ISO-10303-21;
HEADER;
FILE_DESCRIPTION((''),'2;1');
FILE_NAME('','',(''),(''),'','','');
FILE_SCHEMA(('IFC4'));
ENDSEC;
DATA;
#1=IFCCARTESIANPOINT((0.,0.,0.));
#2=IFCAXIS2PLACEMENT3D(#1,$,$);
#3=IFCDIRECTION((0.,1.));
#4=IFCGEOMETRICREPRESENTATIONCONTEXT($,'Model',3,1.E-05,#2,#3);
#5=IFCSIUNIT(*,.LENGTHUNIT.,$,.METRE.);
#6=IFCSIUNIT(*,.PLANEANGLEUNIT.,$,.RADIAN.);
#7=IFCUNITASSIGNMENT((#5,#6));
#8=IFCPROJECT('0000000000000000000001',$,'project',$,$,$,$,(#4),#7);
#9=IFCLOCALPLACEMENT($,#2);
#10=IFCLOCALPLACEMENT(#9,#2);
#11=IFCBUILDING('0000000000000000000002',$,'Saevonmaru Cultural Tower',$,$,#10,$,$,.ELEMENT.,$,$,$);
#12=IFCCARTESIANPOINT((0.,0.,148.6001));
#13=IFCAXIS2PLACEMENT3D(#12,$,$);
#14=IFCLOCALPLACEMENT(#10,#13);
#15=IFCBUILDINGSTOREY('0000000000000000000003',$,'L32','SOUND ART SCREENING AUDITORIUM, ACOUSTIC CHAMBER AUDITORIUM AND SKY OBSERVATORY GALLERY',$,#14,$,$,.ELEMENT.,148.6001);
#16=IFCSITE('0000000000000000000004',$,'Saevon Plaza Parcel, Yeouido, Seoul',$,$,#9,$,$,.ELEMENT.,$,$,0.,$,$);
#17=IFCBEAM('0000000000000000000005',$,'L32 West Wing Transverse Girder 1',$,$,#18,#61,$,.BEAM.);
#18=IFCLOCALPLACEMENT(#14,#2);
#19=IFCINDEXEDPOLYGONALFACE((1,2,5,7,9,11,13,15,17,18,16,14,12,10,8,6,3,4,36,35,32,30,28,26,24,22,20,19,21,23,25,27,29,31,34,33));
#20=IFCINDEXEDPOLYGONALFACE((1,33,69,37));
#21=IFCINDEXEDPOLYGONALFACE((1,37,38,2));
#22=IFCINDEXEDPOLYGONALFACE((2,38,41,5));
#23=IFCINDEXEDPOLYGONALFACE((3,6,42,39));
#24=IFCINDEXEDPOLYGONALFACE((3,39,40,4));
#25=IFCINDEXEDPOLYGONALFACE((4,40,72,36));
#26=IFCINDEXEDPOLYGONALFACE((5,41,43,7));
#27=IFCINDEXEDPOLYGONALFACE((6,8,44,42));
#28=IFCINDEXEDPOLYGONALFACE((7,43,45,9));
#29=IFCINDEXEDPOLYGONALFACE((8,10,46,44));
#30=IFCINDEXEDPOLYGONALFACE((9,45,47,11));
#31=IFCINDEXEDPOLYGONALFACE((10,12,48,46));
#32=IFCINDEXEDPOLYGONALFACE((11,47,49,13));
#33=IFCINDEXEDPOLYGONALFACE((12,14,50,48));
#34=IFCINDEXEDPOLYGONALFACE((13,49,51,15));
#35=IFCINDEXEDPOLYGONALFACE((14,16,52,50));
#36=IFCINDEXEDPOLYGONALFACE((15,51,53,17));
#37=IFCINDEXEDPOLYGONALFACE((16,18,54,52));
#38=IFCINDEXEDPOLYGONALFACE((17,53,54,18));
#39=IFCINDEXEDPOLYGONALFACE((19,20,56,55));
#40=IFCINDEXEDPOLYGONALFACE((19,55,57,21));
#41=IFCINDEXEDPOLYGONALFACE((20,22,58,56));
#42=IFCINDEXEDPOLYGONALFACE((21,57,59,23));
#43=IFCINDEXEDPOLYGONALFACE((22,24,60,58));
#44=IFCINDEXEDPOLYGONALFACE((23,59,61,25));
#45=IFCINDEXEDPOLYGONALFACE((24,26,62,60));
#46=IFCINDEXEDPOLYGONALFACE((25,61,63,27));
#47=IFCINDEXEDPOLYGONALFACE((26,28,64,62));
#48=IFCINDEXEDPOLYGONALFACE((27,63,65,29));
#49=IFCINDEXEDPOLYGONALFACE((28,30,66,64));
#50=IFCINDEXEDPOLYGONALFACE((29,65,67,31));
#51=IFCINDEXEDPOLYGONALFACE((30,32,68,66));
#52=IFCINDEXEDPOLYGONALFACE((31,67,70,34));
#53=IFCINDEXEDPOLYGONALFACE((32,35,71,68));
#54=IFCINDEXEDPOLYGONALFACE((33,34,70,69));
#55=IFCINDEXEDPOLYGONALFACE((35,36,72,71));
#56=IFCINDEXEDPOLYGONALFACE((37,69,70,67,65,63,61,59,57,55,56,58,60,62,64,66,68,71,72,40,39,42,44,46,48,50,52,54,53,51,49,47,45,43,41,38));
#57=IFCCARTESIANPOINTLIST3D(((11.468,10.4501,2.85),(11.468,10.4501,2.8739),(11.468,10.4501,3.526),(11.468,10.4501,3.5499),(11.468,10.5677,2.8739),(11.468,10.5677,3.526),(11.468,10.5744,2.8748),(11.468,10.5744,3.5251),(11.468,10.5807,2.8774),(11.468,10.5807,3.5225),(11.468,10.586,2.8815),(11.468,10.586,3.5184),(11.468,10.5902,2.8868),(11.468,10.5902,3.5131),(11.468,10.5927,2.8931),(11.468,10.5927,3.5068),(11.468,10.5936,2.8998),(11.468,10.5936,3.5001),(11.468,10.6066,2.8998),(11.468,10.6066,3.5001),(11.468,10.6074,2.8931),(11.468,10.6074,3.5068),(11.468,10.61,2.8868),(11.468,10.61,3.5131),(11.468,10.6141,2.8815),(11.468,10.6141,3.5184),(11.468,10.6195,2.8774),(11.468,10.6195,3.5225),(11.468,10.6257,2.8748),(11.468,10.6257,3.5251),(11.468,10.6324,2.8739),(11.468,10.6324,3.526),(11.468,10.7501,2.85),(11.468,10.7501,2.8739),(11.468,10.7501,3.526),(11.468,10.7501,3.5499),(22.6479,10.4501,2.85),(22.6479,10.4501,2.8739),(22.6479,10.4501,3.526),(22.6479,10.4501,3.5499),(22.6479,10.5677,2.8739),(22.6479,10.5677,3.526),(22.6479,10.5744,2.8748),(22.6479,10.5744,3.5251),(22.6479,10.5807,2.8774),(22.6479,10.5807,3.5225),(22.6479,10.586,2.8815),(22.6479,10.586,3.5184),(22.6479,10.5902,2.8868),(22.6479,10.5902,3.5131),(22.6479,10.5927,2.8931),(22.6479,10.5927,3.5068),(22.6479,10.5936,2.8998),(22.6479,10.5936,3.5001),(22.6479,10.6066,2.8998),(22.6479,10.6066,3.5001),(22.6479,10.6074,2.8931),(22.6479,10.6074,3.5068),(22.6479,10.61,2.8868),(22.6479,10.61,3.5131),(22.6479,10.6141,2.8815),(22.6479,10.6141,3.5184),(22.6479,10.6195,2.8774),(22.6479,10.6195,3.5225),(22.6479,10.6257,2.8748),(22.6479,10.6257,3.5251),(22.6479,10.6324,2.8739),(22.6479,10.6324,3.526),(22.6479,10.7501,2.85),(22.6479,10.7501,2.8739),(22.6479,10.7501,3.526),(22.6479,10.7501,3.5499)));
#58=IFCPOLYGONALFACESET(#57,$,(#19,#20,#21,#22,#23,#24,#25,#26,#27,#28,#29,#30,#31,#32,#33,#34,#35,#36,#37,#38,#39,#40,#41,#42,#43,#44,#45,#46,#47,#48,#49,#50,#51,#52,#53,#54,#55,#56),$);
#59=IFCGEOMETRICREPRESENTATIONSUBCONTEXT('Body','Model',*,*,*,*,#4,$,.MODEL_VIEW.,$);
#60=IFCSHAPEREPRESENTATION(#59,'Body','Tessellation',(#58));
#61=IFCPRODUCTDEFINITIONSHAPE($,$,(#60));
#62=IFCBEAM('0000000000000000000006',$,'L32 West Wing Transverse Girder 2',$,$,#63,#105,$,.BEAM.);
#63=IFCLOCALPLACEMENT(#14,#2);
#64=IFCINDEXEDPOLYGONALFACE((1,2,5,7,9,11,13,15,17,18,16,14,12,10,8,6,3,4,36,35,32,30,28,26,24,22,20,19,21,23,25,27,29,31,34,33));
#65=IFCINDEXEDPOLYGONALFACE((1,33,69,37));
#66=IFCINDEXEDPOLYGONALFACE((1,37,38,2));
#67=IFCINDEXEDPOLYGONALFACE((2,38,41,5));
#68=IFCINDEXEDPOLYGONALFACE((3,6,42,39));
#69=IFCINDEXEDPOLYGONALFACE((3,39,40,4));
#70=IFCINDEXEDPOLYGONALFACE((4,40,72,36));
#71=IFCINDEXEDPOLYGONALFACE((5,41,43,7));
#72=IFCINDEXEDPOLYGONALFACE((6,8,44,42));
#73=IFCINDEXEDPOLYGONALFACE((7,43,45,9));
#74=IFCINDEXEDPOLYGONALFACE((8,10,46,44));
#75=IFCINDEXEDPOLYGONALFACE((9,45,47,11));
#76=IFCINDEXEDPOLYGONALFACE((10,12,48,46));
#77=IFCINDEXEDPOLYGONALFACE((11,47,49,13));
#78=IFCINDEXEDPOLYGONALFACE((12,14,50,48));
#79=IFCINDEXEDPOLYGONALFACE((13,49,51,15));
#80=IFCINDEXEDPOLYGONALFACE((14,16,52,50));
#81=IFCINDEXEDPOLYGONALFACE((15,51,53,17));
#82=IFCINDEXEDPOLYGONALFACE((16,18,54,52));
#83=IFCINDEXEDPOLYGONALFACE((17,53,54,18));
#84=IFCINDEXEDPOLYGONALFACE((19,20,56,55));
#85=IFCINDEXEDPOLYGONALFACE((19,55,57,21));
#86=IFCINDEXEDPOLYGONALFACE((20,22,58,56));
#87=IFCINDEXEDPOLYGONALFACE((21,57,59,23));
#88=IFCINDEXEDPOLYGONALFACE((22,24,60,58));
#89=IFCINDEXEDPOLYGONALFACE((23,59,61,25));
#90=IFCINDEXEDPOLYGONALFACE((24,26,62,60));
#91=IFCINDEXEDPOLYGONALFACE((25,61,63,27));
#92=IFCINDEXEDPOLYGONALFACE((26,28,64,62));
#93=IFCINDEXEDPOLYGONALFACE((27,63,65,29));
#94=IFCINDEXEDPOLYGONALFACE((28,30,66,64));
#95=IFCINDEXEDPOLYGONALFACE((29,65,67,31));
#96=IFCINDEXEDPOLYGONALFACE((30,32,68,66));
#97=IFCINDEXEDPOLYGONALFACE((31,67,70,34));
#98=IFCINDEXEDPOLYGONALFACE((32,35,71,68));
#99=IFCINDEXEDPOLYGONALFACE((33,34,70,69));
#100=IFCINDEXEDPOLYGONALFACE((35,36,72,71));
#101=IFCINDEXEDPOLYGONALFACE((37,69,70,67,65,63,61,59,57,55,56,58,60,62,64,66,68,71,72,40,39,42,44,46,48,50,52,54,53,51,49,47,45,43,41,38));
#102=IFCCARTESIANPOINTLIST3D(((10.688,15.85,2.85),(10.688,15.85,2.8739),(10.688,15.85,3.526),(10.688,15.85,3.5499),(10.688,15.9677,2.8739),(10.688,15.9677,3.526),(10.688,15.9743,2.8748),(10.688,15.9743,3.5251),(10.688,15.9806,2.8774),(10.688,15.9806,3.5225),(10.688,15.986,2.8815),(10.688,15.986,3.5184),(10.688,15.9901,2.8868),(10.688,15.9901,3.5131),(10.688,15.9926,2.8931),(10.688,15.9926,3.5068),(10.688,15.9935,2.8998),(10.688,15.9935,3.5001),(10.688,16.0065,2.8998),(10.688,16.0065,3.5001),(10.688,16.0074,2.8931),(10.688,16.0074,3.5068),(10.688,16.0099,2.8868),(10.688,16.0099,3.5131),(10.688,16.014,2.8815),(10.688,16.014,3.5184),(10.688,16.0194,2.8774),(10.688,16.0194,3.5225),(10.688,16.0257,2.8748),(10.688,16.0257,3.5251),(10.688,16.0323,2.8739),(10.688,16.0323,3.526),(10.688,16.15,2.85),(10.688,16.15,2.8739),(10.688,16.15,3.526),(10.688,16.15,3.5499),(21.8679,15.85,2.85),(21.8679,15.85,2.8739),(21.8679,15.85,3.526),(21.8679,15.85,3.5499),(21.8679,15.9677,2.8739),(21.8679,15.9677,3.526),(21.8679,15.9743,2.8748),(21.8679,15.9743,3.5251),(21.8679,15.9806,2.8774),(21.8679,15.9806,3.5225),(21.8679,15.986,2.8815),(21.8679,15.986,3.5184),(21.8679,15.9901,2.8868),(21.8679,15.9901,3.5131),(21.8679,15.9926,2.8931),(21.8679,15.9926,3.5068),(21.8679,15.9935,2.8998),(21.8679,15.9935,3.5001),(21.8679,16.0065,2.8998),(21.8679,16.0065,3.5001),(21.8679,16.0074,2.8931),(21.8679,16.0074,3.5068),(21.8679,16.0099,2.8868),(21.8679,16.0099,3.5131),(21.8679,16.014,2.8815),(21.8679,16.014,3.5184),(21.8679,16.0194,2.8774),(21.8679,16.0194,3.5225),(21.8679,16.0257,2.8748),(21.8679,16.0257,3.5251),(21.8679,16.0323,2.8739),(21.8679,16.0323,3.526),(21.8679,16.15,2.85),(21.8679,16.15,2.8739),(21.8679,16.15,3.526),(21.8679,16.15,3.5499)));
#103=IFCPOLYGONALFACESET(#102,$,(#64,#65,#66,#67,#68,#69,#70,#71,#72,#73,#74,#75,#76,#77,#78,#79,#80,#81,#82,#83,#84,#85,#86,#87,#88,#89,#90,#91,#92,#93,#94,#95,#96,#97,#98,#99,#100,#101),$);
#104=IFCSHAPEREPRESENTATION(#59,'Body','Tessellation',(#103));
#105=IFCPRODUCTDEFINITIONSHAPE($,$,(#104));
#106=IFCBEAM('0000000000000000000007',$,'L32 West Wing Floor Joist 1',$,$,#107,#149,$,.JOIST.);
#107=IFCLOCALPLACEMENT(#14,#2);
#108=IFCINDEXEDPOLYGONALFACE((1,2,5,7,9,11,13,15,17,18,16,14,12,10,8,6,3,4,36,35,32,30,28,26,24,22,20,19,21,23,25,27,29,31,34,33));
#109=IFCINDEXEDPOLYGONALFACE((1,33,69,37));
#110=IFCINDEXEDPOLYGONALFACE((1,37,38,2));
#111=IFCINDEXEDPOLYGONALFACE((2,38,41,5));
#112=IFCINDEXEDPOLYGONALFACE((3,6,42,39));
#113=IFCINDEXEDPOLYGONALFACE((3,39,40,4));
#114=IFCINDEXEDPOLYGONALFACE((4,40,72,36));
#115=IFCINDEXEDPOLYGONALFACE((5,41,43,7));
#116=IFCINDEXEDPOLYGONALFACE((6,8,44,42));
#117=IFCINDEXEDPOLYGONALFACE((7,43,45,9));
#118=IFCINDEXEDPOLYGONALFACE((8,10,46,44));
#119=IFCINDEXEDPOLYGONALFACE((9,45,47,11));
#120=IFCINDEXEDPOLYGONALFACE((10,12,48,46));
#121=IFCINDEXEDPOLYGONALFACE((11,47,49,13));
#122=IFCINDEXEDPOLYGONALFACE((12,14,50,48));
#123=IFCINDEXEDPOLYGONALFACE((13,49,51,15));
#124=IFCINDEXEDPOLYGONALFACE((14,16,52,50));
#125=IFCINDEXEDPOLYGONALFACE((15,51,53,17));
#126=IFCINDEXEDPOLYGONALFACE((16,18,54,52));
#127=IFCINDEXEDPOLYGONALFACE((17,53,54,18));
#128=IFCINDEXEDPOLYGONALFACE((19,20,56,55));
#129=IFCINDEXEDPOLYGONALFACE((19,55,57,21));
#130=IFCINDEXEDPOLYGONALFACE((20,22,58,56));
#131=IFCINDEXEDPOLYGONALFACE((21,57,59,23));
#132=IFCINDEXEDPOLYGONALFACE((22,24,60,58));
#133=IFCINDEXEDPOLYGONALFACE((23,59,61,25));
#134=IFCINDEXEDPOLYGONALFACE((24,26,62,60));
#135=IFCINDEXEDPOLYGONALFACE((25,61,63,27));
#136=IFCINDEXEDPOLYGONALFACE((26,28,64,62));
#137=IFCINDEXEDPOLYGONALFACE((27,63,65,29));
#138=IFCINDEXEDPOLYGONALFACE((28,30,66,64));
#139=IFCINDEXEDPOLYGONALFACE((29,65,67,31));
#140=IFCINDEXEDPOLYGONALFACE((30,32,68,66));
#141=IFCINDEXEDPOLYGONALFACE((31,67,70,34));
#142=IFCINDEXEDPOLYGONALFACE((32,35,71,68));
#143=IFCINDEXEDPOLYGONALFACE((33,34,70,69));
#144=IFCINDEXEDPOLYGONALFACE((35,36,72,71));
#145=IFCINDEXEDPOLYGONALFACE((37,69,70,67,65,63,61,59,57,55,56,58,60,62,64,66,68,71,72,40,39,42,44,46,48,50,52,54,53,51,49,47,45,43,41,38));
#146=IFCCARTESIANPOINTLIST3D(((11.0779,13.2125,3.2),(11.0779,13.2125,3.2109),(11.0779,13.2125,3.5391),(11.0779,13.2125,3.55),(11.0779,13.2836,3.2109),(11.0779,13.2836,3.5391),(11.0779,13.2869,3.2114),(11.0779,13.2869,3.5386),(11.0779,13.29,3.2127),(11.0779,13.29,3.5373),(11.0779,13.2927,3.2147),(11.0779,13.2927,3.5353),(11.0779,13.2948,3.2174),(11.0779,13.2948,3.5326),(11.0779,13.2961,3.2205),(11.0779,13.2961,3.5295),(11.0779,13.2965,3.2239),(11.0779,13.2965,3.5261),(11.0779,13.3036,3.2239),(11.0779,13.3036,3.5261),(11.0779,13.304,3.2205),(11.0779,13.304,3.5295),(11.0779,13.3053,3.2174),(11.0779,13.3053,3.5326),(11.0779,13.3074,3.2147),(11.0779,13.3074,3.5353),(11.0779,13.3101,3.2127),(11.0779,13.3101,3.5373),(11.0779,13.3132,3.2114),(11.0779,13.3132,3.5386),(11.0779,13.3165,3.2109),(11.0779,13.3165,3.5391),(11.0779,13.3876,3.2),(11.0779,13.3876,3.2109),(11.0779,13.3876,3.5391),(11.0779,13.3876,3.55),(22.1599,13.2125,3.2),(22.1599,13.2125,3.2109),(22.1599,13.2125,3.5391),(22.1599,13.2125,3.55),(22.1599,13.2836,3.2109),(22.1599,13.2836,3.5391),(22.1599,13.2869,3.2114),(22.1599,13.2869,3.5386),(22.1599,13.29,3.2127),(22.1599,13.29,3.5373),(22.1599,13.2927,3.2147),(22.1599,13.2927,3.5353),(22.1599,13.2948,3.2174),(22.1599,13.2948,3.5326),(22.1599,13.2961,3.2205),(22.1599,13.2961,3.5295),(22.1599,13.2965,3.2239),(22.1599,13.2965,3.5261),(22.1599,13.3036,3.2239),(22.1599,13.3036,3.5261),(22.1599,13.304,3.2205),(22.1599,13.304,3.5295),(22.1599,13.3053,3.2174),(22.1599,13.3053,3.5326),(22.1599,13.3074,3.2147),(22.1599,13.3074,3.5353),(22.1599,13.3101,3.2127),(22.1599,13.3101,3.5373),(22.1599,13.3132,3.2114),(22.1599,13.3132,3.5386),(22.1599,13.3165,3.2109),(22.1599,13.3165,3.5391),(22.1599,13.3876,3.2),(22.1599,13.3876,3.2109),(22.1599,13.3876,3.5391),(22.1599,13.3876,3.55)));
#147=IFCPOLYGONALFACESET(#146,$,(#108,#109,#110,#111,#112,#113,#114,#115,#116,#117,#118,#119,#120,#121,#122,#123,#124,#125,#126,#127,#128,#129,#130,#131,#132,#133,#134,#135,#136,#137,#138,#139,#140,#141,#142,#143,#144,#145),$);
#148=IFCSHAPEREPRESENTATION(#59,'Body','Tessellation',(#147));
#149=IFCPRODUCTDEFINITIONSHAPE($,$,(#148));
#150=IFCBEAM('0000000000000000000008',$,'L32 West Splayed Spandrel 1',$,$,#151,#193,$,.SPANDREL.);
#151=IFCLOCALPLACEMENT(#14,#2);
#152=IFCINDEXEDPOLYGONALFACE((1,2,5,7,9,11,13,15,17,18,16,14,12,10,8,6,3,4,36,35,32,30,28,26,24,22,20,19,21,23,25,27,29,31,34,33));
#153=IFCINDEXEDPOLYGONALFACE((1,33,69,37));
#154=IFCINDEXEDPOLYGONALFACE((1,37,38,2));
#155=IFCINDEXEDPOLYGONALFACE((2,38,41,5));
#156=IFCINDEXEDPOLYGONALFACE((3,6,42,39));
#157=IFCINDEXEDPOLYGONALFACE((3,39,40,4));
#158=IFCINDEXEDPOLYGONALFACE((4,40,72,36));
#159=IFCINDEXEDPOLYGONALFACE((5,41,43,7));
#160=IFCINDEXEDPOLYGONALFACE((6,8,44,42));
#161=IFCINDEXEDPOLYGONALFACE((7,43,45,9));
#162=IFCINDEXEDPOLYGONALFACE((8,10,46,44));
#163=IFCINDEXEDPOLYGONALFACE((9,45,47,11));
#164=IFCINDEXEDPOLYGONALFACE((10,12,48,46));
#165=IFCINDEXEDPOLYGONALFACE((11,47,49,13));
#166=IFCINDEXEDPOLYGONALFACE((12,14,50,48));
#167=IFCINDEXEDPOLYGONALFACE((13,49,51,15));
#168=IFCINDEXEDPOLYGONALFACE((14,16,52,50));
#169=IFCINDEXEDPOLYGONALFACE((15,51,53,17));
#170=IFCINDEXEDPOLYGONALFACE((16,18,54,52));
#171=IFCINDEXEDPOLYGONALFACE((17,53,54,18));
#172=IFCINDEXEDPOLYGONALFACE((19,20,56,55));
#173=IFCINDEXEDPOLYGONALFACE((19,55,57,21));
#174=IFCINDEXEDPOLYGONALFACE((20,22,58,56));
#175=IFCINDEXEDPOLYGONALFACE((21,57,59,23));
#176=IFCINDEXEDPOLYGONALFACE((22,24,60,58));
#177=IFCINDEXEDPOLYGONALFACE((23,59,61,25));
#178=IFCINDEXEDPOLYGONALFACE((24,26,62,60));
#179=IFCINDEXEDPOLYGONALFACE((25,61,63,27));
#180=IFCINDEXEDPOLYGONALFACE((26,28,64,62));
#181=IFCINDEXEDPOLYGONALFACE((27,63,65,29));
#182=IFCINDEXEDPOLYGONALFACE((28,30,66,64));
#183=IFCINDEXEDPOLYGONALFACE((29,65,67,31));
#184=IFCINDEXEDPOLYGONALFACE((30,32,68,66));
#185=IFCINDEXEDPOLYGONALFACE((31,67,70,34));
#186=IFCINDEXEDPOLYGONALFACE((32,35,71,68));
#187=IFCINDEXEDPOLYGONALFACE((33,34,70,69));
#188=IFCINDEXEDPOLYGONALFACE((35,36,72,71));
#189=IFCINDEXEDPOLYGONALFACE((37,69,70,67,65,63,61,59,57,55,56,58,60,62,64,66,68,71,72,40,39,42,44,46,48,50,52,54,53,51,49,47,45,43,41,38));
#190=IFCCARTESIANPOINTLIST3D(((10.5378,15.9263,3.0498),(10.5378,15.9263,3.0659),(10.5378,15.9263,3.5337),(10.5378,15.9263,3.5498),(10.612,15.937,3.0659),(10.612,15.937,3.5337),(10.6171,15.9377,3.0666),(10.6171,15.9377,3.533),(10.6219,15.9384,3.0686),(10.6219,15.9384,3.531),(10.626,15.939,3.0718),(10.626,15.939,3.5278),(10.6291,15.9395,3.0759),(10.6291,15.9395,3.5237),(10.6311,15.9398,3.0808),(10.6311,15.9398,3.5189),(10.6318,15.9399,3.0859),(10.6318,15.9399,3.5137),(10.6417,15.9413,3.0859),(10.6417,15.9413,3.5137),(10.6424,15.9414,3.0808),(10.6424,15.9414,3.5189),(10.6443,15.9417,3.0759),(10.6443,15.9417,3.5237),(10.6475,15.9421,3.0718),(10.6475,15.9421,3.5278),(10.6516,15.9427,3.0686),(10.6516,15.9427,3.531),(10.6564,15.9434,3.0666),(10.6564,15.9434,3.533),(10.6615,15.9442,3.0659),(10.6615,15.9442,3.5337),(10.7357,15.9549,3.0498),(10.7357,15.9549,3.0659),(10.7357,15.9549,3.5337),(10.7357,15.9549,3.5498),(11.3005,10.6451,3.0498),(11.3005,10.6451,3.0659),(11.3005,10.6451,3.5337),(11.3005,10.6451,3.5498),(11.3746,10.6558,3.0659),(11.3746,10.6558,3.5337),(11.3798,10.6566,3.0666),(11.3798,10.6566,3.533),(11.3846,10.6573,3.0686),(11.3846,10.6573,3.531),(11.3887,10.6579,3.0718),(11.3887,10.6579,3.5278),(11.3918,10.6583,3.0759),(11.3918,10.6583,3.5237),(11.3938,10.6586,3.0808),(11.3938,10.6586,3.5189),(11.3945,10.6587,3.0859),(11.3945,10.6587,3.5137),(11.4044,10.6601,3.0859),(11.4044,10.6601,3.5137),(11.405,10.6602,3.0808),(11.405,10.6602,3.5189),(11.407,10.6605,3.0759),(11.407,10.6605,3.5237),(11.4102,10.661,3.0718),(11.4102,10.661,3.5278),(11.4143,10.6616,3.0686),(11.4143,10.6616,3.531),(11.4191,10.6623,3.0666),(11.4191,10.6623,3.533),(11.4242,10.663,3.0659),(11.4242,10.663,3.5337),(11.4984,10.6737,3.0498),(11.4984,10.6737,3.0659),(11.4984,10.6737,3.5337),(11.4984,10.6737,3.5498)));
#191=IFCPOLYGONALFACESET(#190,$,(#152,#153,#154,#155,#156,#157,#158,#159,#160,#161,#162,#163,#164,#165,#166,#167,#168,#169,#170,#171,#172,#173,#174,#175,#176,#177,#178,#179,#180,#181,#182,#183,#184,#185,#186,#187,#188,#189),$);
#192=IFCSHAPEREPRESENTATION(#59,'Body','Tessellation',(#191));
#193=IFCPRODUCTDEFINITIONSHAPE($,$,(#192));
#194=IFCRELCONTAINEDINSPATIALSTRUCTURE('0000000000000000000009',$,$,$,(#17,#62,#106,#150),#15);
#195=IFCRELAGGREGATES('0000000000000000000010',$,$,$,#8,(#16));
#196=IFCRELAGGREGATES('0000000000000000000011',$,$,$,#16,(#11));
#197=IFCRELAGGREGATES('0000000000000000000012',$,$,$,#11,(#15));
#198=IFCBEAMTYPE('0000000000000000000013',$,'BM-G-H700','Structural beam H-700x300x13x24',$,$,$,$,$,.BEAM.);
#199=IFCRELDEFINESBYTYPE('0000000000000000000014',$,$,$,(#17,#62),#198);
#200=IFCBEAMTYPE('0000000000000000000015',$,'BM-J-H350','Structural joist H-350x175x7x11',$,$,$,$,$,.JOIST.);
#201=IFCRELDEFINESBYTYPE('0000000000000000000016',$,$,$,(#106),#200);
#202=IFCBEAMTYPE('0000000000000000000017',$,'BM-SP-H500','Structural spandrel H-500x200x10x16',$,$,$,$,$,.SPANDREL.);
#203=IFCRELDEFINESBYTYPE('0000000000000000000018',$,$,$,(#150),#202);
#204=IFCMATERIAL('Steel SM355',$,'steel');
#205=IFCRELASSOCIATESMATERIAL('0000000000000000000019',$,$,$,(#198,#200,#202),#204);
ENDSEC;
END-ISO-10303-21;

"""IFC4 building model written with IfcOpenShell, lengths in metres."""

from ifc_helpers import new_model, si_unit, direction, frame, origin, origin_2d, place, context, subcontext, project, spatial, i_section, extrude, material, material_profile, profile_set, type_object, element, save


model = new_model("IFC4")

# Units and contexts
model_context = context("Model", 3, precision=1e-05, world=origin(), true_north=direction((0.0, 1.0)))
body_context = subcontext(model_context, "Body", "Model", "MODEL_VIEW")
ifc_project = project(units=[si_unit("LENGTHUNIT", "METRE"), si_unit("PLANEANGLEUNIT", "RADIAN")], contexts=[model_context])

# Site, building, storey
site_placement = place(None, origin())
site = spatial("IfcSite", under=ifc_project, at=site_placement, Name="Saevon Plaza Parcel, Yeouido, Seoul", CompositionType="ELEMENT", RefElevation=0.0)
building_placement = place(site_placement, origin())
building = spatial("IfcBuilding", under=site, at=building_placement, Name="Saevonmaru Cultural Tower", CompositionType="ELEMENT")
storey_placement = place(building_placement, frame((0.0, 0.0, 148.6001)))
storey = spatial("IfcBuildingStorey", under=building, at=storey_placement, Name="L32", Description="SOUND ART SCREENING AUDITORIUM, ACOUSTIC CHAMBER AUDITORIUM AND SKY OBSERVATORY GALLERY", CompositionType="ELEMENT", Elevation=148.6001)

# Shared definitions
ifc_material_1 = material(Name="Steel SM355", Category="steel")

# Beams
ifc_material_profile_1 = material_profile(ifc_material_1, i_section(OverallWidth=0.3, OverallDepth=0.7, WebThickness=0.0129, FlangeThickness=0.0239, FilletRadius=0.0259, at=origin_2d()), Name="H-700x300x13x24")
ifc_profile_set_1 = profile_set([ifc_material_profile_1], Name="Steel SM355")
beam_type_1 = type_object("IfcBeamType", Name="BM-G-H700", Description="Structural beam H-700x300x13x24", PredefinedType="BEAM", material=ifc_profile_set_1)
for number, where, z_axis, x_axis, name in (
    (1, (11.468, 10.6001, 3.2), (1.0, 0.0, 0.0), (0.0, 1.0, 0.0), "L32 West Wing Transverse Girder 1"),
    (2, (10.688, 16.0, 3.2), (1.0, 0.0, 0.0), (0.0, 1.0, 0.0), "L32 West Wing Transverse Girder 2"),
):
    element("IfcBeam", number, at=place(storey_placement, frame(where, z_axis=z_axis, x_axis=x_axis)), inside=storey, type_object=beam_type_1, Name=name, PredefinedType="BEAM", context=body_context, shape_type="SweptSolid", body=[
        extrude(i_section(OverallWidth=0.3, OverallDepth=0.7, WebThickness=0.0129, FlangeThickness=0.0239, FilletRadius=0.0259, at=origin_2d()), origin(), (0.0, 0.0, 1.0), 11.1799),
    ])
ifc_material_profile_2 = material_profile(ifc_material_1, i_section(OverallWidth=0.175, OverallDepth=0.3501, WebThickness=0.0071, FlangeThickness=0.011, FilletRadius=0.0129, at=origin_2d()), Name="H-350x175x7x11")
ifc_profile_set_2 = profile_set([ifc_material_profile_2], Name="Steel SM355")
beam_type_2 = type_object("IfcBeamType", Name="BM-J-H350", Description="Structural joist H-350x175x7x11", PredefinedType="JOIST", material=ifc_profile_set_2)
beam_1_placement = place(storey_placement, frame((11.0779, 13.3, 3.375), z_axis=(1.0, 0.0, 0.0), x_axis=(0.0, 1.0, 0.0)))
element("IfcBeam", 3, at=beam_1_placement, inside=storey, type_object=beam_type_2, Name="L32 West Wing Floor Joist 1", PredefinedType="JOIST", context=body_context, shape_type="SweptSolid", body=[
    extrude(i_section(OverallWidth=0.175, OverallDepth=0.3501, WebThickness=0.0071, FlangeThickness=0.011, FilletRadius=0.0129, at=origin_2d()), origin(), (0.0, 0.0, 1.0), 11.082),
])
ifc_material_profile_3 = material_profile(ifc_material_1, i_section(OverallWidth=0.2, OverallDepth=0.5, WebThickness=0.01, FlangeThickness=0.0161, FilletRadius=0.02, at=origin_2d()), Name="H-500x200x10x16")
ifc_profile_set_3 = profile_set([ifc_material_profile_3], Name="Steel SM355")
beam_type_3 = type_object("IfcBeamType", Name="BM-SP-H500", Description="Structural spandrel H-500x200x10x16", PredefinedType="SPANDREL", material=ifc_profile_set_3)
beam_2_placement = place(storey_placement, frame((11.3994, 10.6594, 3.2998), z_axis=(-0.142933, 0.989732, 0.0), x_axis=(-0.989732, -0.142933, 0.0)))
element("IfcBeam", 4, at=beam_2_placement, inside=storey, type_object=beam_type_3, Name="L32 West Splayed Spandrel 1", PredefinedType="SPANDREL", context=body_context, shape_type="SweptSolid", body=[
    extrude(i_section(OverallWidth=0.2, OverallDepth=0.5, WebThickness=0.01, FlangeThickness=0.0161, FilletRadius=0.02, at=origin_2d()), origin(), (0.0, 0.0, 1.0), 5.3359),
])

save(model, "model.ifc")
